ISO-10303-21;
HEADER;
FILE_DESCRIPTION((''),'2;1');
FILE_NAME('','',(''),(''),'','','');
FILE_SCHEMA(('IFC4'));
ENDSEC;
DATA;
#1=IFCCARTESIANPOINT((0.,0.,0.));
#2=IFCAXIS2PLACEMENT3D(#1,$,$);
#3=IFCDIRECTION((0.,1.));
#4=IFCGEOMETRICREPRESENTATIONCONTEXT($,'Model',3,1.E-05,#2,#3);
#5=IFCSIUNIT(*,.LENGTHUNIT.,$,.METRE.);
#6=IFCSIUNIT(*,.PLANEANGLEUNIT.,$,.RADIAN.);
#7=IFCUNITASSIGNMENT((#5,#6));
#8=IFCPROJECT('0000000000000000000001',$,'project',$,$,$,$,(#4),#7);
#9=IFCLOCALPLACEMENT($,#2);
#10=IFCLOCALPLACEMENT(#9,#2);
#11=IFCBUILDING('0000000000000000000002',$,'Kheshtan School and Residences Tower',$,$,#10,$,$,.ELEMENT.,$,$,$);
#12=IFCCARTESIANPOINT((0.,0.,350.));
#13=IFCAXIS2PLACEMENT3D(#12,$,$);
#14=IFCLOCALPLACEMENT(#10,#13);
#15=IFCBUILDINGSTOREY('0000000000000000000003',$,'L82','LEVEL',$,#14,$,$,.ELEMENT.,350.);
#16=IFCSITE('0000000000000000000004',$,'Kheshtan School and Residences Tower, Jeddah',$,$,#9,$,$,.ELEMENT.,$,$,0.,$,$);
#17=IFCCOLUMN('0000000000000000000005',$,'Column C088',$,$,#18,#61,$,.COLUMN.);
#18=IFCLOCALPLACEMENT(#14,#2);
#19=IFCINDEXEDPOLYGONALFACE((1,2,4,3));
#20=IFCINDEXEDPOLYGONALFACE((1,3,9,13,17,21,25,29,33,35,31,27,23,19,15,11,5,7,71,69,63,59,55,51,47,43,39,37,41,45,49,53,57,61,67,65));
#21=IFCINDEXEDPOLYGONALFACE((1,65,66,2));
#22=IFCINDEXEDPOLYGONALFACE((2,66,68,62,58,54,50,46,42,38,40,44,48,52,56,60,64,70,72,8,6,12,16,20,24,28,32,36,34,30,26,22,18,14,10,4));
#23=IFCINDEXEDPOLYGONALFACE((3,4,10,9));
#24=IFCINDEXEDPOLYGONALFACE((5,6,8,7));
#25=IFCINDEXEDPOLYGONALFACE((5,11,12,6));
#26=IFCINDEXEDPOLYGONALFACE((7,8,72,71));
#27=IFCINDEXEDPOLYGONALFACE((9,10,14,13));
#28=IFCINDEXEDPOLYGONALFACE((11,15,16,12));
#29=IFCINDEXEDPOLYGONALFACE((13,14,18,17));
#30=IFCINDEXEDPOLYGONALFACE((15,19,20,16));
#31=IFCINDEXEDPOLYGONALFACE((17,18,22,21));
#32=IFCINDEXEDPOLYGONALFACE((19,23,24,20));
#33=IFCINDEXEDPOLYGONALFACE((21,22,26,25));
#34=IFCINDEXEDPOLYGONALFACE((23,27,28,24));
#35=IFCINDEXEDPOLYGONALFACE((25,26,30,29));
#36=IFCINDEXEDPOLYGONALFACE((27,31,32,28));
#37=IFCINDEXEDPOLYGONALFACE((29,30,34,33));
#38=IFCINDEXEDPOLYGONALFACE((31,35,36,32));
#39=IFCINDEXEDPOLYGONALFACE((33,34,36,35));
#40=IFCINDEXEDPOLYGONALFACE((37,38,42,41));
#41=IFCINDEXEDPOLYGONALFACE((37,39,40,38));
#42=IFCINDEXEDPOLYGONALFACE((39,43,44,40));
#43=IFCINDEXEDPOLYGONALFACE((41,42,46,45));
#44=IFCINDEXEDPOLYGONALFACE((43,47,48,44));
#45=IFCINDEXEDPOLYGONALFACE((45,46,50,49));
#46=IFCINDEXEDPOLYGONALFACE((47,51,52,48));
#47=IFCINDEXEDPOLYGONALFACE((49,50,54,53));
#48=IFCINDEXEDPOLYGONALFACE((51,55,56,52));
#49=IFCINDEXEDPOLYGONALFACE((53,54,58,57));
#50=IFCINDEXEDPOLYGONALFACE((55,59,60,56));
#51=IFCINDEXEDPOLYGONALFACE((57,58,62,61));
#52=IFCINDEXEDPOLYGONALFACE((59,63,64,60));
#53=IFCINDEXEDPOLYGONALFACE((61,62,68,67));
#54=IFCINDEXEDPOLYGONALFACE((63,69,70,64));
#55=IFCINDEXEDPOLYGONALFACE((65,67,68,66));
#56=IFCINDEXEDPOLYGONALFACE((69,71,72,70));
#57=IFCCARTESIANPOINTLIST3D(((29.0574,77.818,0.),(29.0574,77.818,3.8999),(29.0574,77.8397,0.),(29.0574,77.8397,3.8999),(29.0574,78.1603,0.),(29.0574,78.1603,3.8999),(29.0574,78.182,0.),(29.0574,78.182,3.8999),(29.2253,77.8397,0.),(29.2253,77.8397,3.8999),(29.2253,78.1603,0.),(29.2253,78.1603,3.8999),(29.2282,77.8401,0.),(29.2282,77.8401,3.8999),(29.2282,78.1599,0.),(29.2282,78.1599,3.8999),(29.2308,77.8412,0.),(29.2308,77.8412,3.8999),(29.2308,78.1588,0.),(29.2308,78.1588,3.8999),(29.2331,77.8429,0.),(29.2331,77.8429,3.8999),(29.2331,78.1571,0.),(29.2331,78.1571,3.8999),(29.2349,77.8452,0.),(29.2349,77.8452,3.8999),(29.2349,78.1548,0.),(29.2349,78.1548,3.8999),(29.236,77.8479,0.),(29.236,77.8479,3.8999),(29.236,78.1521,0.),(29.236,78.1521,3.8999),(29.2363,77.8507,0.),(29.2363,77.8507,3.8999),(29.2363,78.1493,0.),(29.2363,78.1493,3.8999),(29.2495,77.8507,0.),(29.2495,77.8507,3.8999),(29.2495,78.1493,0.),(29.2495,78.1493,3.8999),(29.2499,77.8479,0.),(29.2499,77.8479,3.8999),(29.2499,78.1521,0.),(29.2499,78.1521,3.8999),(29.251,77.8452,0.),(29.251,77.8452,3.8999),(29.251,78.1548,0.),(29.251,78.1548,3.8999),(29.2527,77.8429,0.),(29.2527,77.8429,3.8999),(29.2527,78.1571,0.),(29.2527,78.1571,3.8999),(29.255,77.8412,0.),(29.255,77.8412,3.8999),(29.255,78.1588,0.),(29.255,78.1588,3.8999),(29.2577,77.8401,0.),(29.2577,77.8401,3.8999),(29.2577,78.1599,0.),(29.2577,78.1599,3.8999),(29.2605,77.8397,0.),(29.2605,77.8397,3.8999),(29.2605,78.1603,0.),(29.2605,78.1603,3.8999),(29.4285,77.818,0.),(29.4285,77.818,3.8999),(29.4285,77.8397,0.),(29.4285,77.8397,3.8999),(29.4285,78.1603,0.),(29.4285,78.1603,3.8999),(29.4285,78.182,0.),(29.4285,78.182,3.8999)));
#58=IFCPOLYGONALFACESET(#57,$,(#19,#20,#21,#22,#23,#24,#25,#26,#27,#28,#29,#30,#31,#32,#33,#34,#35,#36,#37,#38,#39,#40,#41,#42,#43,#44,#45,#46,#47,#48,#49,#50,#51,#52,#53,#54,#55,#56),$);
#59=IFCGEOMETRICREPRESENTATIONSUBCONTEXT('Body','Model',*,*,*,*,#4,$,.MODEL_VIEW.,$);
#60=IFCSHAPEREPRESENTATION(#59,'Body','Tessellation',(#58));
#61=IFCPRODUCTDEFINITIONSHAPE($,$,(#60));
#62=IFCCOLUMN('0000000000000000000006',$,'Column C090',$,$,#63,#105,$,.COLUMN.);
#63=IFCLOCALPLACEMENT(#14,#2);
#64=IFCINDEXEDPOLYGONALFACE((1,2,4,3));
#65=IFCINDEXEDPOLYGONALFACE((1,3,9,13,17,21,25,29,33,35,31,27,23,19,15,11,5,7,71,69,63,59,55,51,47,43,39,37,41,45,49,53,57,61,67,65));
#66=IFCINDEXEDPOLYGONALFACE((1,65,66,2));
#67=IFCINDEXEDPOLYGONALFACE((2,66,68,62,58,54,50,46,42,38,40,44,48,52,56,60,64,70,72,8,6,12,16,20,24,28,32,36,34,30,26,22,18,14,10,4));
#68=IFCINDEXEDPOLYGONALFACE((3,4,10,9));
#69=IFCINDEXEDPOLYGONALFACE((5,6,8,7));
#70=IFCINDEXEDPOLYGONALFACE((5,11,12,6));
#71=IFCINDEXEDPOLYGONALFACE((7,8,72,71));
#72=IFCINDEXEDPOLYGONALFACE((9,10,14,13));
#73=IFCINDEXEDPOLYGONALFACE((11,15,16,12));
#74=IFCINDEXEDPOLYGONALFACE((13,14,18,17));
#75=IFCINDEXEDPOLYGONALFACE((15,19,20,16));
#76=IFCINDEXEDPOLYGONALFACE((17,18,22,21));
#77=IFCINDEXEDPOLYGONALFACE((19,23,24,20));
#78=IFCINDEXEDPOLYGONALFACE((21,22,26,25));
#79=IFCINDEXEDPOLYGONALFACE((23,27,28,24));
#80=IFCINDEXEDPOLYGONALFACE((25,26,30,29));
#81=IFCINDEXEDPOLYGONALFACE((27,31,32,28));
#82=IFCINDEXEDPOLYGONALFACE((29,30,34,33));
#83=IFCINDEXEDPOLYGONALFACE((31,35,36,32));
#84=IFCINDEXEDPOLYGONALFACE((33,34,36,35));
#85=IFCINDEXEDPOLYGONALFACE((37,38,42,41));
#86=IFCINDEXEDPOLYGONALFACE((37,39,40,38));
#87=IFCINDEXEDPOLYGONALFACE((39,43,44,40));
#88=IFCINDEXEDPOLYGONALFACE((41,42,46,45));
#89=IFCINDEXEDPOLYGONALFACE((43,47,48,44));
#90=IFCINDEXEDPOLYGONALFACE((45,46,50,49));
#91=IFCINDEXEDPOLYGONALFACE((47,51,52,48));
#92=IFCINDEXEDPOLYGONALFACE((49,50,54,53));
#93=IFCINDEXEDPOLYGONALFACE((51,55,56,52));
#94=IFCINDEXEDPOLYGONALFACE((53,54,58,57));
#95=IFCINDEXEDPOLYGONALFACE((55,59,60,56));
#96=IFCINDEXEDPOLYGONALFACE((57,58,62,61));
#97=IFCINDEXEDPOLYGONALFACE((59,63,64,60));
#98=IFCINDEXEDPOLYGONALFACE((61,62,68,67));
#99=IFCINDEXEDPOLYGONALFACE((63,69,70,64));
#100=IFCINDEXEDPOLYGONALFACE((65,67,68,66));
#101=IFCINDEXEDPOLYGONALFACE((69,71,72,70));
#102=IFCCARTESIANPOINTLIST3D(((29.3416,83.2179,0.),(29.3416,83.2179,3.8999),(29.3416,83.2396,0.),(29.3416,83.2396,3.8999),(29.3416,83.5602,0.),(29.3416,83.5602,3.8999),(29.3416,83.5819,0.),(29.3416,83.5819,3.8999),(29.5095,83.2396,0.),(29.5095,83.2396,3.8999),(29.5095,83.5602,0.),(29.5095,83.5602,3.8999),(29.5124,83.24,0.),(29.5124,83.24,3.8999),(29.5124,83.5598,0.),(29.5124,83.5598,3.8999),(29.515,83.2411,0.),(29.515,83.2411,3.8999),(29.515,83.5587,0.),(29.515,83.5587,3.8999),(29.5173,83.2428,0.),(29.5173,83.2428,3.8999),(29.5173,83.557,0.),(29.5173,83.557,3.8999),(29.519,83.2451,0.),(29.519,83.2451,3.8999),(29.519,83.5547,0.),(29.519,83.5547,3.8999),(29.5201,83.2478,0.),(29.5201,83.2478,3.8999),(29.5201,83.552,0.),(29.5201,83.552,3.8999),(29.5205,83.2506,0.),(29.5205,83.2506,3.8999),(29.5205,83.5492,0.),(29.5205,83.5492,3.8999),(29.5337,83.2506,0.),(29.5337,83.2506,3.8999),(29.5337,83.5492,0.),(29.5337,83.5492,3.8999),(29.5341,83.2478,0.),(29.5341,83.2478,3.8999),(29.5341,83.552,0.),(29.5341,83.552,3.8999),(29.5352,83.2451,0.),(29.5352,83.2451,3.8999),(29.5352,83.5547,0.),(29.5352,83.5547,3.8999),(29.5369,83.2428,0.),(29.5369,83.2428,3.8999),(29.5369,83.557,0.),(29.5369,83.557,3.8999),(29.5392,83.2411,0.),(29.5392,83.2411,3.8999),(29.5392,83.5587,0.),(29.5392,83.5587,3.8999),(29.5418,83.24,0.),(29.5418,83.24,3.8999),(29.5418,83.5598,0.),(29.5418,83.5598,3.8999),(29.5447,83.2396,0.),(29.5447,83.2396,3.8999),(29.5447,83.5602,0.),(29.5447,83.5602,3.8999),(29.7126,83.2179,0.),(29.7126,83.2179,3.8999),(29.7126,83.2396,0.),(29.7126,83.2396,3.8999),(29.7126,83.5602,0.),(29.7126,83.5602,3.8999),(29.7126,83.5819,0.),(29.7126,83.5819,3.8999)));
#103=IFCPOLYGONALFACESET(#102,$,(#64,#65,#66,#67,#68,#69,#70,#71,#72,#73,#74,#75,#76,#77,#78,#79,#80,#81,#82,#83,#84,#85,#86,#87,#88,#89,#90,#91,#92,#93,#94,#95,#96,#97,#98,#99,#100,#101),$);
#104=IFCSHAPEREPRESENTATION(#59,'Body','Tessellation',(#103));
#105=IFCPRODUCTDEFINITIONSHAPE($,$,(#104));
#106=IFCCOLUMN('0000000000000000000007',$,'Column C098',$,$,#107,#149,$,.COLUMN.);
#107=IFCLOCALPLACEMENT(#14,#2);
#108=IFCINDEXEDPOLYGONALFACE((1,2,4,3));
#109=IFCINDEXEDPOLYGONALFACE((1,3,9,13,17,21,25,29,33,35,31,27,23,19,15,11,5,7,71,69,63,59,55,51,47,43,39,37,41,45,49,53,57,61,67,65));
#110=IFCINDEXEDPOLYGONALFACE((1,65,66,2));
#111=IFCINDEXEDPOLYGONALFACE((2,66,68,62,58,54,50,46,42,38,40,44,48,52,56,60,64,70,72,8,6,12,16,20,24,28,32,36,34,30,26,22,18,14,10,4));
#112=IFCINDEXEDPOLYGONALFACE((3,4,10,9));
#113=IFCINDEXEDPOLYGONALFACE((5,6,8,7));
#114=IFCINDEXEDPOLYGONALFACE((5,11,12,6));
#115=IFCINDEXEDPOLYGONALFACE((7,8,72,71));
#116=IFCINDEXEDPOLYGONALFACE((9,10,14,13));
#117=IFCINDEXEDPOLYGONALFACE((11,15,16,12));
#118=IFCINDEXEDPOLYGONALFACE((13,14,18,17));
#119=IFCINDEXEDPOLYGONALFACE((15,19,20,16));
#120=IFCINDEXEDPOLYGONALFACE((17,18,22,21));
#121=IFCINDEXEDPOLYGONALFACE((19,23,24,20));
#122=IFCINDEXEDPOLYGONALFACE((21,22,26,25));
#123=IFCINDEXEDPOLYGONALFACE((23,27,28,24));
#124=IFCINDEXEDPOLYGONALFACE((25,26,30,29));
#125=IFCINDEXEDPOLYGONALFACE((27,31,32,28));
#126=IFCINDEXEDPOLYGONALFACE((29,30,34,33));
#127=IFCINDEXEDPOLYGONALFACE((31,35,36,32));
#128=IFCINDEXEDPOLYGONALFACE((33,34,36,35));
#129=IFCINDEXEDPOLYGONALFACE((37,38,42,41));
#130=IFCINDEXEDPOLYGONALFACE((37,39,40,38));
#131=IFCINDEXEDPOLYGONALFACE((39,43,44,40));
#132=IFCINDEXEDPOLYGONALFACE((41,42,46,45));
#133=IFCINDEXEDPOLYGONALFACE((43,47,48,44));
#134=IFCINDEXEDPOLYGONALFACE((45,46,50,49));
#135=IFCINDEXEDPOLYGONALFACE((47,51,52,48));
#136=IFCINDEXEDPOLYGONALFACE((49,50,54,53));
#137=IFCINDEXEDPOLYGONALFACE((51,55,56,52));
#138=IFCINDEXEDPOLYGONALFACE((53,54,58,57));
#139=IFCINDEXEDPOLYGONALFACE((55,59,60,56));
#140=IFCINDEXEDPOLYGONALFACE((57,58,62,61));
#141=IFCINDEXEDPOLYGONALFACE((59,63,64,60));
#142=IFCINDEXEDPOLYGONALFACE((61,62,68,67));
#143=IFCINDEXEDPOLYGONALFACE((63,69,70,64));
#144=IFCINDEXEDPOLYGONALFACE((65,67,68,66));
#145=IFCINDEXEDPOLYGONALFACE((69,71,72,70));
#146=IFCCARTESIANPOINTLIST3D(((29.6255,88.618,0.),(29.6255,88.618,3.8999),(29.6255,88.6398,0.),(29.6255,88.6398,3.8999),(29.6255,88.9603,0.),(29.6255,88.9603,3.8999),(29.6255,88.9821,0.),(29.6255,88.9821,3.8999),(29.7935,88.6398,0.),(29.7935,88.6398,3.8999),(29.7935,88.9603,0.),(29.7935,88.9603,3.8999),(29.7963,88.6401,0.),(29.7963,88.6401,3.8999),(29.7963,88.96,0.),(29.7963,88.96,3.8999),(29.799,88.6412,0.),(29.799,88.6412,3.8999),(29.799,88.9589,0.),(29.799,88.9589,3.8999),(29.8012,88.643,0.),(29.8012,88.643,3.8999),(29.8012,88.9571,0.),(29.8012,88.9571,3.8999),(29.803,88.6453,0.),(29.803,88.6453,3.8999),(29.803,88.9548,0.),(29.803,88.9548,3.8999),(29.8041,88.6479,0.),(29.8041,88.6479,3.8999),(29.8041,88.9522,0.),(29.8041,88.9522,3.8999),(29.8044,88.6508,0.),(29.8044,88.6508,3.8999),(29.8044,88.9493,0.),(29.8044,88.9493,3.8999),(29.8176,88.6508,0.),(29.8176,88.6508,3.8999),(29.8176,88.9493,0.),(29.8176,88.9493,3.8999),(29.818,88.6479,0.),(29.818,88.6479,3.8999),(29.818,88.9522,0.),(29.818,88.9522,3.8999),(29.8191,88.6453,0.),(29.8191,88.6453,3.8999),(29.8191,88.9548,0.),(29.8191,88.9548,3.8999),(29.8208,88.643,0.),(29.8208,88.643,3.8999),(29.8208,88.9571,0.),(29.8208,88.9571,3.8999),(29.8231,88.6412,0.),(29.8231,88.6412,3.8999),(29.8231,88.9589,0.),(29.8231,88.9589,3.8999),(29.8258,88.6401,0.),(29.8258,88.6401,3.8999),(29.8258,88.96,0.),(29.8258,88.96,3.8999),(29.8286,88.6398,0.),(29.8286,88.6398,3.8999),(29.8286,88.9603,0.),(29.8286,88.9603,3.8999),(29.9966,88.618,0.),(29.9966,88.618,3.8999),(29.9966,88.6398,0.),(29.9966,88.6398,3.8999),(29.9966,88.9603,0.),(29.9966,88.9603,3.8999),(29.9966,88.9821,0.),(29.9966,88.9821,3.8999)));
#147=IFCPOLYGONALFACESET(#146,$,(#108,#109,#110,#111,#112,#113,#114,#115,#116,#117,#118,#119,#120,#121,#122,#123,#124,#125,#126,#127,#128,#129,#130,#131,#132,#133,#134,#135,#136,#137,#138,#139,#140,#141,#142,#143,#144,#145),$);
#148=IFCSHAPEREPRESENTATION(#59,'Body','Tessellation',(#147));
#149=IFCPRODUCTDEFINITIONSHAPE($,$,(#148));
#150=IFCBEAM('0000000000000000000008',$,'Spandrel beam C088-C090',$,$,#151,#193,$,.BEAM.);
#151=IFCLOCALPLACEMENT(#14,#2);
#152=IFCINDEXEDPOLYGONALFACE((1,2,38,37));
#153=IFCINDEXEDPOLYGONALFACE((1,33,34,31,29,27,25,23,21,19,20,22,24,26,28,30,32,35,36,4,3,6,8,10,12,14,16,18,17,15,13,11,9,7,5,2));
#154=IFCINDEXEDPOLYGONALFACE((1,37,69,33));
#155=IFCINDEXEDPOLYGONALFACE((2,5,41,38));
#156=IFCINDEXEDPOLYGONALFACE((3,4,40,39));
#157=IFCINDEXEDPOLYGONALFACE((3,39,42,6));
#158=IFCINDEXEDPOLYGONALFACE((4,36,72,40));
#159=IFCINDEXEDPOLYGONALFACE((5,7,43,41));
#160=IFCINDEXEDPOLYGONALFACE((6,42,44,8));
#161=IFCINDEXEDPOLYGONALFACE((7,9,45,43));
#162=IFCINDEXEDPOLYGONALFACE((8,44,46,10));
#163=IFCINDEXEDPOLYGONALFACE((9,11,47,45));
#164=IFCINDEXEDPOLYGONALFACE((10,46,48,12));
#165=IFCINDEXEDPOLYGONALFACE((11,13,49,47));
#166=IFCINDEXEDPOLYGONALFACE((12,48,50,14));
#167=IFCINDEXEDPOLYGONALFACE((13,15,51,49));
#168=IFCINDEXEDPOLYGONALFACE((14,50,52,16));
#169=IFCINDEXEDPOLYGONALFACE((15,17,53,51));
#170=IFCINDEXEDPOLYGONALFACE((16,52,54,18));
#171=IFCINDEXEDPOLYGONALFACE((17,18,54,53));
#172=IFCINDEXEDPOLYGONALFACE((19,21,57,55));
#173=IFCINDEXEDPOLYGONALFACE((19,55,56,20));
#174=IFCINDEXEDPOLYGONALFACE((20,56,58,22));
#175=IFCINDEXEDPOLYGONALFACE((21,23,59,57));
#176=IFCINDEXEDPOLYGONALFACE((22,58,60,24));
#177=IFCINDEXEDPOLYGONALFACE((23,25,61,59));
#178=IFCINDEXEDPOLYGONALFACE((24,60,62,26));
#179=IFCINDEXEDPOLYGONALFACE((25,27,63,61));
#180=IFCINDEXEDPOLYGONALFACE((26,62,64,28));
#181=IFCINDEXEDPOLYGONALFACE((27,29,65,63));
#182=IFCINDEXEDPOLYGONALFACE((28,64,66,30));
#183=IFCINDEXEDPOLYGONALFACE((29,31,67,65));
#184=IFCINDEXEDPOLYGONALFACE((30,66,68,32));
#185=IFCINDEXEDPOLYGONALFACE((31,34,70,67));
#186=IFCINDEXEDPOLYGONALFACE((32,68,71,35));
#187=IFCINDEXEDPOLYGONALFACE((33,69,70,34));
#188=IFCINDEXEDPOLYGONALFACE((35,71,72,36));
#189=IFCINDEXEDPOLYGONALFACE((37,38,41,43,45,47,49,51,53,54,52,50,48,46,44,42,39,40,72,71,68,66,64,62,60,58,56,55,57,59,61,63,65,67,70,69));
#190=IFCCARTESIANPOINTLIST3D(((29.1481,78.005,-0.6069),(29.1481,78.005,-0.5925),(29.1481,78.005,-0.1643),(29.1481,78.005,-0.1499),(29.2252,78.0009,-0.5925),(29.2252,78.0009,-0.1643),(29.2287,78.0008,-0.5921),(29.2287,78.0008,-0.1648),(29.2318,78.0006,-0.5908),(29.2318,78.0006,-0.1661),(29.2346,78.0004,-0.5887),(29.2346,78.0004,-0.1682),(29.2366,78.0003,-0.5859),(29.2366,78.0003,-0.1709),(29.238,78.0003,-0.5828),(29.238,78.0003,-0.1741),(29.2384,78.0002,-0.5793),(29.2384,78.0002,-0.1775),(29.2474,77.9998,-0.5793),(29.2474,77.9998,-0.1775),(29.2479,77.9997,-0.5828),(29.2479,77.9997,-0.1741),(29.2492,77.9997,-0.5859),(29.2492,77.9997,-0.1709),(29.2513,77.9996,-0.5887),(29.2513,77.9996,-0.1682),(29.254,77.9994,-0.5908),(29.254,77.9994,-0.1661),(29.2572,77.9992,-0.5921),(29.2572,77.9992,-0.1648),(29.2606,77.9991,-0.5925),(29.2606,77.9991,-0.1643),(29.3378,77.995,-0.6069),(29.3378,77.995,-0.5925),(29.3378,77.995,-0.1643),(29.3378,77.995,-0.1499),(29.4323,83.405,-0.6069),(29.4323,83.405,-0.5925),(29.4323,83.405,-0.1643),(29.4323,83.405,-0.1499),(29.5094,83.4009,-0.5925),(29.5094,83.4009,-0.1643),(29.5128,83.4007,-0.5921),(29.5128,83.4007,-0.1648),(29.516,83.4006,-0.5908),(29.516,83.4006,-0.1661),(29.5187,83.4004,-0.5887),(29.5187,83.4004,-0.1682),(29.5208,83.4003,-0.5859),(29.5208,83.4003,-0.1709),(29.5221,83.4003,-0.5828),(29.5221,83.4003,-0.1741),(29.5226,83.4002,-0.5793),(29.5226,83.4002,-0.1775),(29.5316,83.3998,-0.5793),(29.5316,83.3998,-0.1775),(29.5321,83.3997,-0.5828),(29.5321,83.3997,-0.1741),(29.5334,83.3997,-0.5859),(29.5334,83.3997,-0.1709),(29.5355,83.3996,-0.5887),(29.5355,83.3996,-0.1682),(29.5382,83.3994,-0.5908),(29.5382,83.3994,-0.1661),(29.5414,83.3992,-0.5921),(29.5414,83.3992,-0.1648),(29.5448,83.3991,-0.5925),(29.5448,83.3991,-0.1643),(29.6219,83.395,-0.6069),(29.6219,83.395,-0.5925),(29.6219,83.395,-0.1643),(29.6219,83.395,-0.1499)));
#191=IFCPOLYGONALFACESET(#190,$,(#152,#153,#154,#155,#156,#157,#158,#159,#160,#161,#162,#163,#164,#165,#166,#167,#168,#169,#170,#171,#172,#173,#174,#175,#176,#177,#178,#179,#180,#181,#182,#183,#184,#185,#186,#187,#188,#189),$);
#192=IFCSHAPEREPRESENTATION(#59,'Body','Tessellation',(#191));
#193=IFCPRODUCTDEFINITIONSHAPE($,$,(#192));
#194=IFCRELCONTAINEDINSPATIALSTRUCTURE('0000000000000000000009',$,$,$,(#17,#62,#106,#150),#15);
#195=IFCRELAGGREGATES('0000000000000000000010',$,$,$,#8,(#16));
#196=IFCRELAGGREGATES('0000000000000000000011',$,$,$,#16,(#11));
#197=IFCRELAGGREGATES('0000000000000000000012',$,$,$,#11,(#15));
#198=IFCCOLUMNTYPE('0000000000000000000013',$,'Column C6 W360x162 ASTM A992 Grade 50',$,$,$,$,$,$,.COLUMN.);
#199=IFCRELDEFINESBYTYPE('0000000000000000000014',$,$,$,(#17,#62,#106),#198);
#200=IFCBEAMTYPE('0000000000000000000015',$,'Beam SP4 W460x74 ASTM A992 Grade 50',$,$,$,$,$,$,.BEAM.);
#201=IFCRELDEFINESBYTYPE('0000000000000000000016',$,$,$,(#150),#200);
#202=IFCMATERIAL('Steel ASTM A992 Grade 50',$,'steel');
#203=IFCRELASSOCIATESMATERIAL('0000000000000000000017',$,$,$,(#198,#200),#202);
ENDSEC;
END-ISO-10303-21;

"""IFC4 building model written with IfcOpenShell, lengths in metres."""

from ifc_helpers import new_model, si_unit, direction, frame, origin, origin_2d, place, context, subcontext, project, spatial, i_section, extrude, material, material_profile, profile_set, type_object, element, save


model = new_model("IFC4")

# Units and contexts
model_context = context("Model", 3, precision=1e-05, world=origin(), true_north=direction((0.0, 1.0)))
body_context = subcontext(model_context, "Body", "Model", "MODEL_VIEW")
ifc_project = project(units=[si_unit("LENGTHUNIT", "METRE"), si_unit("PLANEANGLEUNIT", "RADIAN")], contexts=[model_context])

# Site, building, storey
site_placement = place(None, origin())
site = spatial("IfcSite", under=ifc_project, at=site_placement, Name="Kheshtan School and Residences Tower, Jeddah", CompositionType="ELEMENT", RefElevation=0.0)
building_placement = place(site_placement, origin())
building = spatial("IfcBuilding", under=site, at=building_placement, Name="Kheshtan School and Residences Tower", CompositionType="ELEMENT")
storey_placement = place(building_placement, frame((0.0, 0.0, 350.0)))
storey = spatial("IfcBuildingStorey", under=building, at=storey_placement, Name="L82", Description="LEVEL", CompositionType="ELEMENT", Elevation=350.0)

# Columns
ifc_material_1 = material(Name="Steel ASTM A992 Grade 50", Category="steel")
ifc_material_profile_1 = material_profile(ifc_material_1, i_section(OverallWidth=0.3711, OverallDepth=0.364, WebThickness=0.0132, FlangeThickness=0.0217, FilletRadius=0.011, at=origin_2d()), Name="W360x162")
ifc_profile_set_1 = profile_set([ifc_material_profile_1], Name="Steel ASTM A992 Grade 50")
column_type = type_object("IfcColumnType", Name="Column C6 W360x162 ASTM A992 Grade 50", PredefinedType="COLUMN", material=ifc_profile_set_1)
for number, where, z_axis, x_axis, name in (
    (1, (29.2429, 78.0, 0.0), (0.0, 0.0, 1.0), (1.0, 0.0, 0.0), "Column C088"),
    (2, (29.5271, 83.3999, 0.0), (0.0, 0.0, 1.0), (1.0, 0.0, 0.0), "Column C090"),
    (3, (29.811, 88.8, 0.0), (0.0, 0.0, 1.0), (1.0, 0.0, 0.0), "Column C098"),
):
    element("IfcColumn", number, at=place(storey_placement, frame(where, z_axis=z_axis, x_axis=x_axis)), inside=storey, type_object=column_type, Name=name, PredefinedType="COLUMN", context=body_context, shape_type="SweptSolid", body=[
        extrude(i_section(OverallWidth=0.3711, OverallDepth=0.364, WebThickness=0.0132, FlangeThickness=0.0217, FilletRadius=0.011, at=origin_2d()), origin(), (0.0, 0.0, 1.0), 3.8999),
    ])

# Beam
ifc_material_profile_2 = material_profile(ifc_material_1, i_section(OverallWidth=0.1899, OverallDepth=0.457, WebThickness=0.009, FlangeThickness=0.0144, FilletRadius=0.0132, at=origin_2d()), Name="W460x74")
ifc_profile_set_2 = profile_set([ifc_material_profile_2], Name="Steel ASTM A992 Grade 50")
beam_type_1 = type_object("IfcBeamType", Name="Beam SP4 W460x74 ASTM A992 Grade 50", PredefinedType="BEAM", material=ifc_profile_set_2)
beam_1_placement = place(storey_placement, frame((29.2429, 78.0, -0.3784), z_axis=(0.052554, 0.998618, 0.0), x_axis=(-0.998618, 0.052554, 0.0)))
element("IfcBeam", 4, at=beam_1_placement, inside=storey, type_object=beam_type_1, Name="Spandrel beam C088-C090", PredefinedType="BEAM", context=body_context, shape_type="SweptSolid", body=[
    extrude(i_section(OverallWidth=0.1899, OverallDepth=0.457, WebThickness=0.009, FlangeThickness=0.0144, FilletRadius=0.0132, at=origin_2d()), origin(), (0.0, 0.0, 1.0), 5.4075),
])

save(model, "model.ifc")
